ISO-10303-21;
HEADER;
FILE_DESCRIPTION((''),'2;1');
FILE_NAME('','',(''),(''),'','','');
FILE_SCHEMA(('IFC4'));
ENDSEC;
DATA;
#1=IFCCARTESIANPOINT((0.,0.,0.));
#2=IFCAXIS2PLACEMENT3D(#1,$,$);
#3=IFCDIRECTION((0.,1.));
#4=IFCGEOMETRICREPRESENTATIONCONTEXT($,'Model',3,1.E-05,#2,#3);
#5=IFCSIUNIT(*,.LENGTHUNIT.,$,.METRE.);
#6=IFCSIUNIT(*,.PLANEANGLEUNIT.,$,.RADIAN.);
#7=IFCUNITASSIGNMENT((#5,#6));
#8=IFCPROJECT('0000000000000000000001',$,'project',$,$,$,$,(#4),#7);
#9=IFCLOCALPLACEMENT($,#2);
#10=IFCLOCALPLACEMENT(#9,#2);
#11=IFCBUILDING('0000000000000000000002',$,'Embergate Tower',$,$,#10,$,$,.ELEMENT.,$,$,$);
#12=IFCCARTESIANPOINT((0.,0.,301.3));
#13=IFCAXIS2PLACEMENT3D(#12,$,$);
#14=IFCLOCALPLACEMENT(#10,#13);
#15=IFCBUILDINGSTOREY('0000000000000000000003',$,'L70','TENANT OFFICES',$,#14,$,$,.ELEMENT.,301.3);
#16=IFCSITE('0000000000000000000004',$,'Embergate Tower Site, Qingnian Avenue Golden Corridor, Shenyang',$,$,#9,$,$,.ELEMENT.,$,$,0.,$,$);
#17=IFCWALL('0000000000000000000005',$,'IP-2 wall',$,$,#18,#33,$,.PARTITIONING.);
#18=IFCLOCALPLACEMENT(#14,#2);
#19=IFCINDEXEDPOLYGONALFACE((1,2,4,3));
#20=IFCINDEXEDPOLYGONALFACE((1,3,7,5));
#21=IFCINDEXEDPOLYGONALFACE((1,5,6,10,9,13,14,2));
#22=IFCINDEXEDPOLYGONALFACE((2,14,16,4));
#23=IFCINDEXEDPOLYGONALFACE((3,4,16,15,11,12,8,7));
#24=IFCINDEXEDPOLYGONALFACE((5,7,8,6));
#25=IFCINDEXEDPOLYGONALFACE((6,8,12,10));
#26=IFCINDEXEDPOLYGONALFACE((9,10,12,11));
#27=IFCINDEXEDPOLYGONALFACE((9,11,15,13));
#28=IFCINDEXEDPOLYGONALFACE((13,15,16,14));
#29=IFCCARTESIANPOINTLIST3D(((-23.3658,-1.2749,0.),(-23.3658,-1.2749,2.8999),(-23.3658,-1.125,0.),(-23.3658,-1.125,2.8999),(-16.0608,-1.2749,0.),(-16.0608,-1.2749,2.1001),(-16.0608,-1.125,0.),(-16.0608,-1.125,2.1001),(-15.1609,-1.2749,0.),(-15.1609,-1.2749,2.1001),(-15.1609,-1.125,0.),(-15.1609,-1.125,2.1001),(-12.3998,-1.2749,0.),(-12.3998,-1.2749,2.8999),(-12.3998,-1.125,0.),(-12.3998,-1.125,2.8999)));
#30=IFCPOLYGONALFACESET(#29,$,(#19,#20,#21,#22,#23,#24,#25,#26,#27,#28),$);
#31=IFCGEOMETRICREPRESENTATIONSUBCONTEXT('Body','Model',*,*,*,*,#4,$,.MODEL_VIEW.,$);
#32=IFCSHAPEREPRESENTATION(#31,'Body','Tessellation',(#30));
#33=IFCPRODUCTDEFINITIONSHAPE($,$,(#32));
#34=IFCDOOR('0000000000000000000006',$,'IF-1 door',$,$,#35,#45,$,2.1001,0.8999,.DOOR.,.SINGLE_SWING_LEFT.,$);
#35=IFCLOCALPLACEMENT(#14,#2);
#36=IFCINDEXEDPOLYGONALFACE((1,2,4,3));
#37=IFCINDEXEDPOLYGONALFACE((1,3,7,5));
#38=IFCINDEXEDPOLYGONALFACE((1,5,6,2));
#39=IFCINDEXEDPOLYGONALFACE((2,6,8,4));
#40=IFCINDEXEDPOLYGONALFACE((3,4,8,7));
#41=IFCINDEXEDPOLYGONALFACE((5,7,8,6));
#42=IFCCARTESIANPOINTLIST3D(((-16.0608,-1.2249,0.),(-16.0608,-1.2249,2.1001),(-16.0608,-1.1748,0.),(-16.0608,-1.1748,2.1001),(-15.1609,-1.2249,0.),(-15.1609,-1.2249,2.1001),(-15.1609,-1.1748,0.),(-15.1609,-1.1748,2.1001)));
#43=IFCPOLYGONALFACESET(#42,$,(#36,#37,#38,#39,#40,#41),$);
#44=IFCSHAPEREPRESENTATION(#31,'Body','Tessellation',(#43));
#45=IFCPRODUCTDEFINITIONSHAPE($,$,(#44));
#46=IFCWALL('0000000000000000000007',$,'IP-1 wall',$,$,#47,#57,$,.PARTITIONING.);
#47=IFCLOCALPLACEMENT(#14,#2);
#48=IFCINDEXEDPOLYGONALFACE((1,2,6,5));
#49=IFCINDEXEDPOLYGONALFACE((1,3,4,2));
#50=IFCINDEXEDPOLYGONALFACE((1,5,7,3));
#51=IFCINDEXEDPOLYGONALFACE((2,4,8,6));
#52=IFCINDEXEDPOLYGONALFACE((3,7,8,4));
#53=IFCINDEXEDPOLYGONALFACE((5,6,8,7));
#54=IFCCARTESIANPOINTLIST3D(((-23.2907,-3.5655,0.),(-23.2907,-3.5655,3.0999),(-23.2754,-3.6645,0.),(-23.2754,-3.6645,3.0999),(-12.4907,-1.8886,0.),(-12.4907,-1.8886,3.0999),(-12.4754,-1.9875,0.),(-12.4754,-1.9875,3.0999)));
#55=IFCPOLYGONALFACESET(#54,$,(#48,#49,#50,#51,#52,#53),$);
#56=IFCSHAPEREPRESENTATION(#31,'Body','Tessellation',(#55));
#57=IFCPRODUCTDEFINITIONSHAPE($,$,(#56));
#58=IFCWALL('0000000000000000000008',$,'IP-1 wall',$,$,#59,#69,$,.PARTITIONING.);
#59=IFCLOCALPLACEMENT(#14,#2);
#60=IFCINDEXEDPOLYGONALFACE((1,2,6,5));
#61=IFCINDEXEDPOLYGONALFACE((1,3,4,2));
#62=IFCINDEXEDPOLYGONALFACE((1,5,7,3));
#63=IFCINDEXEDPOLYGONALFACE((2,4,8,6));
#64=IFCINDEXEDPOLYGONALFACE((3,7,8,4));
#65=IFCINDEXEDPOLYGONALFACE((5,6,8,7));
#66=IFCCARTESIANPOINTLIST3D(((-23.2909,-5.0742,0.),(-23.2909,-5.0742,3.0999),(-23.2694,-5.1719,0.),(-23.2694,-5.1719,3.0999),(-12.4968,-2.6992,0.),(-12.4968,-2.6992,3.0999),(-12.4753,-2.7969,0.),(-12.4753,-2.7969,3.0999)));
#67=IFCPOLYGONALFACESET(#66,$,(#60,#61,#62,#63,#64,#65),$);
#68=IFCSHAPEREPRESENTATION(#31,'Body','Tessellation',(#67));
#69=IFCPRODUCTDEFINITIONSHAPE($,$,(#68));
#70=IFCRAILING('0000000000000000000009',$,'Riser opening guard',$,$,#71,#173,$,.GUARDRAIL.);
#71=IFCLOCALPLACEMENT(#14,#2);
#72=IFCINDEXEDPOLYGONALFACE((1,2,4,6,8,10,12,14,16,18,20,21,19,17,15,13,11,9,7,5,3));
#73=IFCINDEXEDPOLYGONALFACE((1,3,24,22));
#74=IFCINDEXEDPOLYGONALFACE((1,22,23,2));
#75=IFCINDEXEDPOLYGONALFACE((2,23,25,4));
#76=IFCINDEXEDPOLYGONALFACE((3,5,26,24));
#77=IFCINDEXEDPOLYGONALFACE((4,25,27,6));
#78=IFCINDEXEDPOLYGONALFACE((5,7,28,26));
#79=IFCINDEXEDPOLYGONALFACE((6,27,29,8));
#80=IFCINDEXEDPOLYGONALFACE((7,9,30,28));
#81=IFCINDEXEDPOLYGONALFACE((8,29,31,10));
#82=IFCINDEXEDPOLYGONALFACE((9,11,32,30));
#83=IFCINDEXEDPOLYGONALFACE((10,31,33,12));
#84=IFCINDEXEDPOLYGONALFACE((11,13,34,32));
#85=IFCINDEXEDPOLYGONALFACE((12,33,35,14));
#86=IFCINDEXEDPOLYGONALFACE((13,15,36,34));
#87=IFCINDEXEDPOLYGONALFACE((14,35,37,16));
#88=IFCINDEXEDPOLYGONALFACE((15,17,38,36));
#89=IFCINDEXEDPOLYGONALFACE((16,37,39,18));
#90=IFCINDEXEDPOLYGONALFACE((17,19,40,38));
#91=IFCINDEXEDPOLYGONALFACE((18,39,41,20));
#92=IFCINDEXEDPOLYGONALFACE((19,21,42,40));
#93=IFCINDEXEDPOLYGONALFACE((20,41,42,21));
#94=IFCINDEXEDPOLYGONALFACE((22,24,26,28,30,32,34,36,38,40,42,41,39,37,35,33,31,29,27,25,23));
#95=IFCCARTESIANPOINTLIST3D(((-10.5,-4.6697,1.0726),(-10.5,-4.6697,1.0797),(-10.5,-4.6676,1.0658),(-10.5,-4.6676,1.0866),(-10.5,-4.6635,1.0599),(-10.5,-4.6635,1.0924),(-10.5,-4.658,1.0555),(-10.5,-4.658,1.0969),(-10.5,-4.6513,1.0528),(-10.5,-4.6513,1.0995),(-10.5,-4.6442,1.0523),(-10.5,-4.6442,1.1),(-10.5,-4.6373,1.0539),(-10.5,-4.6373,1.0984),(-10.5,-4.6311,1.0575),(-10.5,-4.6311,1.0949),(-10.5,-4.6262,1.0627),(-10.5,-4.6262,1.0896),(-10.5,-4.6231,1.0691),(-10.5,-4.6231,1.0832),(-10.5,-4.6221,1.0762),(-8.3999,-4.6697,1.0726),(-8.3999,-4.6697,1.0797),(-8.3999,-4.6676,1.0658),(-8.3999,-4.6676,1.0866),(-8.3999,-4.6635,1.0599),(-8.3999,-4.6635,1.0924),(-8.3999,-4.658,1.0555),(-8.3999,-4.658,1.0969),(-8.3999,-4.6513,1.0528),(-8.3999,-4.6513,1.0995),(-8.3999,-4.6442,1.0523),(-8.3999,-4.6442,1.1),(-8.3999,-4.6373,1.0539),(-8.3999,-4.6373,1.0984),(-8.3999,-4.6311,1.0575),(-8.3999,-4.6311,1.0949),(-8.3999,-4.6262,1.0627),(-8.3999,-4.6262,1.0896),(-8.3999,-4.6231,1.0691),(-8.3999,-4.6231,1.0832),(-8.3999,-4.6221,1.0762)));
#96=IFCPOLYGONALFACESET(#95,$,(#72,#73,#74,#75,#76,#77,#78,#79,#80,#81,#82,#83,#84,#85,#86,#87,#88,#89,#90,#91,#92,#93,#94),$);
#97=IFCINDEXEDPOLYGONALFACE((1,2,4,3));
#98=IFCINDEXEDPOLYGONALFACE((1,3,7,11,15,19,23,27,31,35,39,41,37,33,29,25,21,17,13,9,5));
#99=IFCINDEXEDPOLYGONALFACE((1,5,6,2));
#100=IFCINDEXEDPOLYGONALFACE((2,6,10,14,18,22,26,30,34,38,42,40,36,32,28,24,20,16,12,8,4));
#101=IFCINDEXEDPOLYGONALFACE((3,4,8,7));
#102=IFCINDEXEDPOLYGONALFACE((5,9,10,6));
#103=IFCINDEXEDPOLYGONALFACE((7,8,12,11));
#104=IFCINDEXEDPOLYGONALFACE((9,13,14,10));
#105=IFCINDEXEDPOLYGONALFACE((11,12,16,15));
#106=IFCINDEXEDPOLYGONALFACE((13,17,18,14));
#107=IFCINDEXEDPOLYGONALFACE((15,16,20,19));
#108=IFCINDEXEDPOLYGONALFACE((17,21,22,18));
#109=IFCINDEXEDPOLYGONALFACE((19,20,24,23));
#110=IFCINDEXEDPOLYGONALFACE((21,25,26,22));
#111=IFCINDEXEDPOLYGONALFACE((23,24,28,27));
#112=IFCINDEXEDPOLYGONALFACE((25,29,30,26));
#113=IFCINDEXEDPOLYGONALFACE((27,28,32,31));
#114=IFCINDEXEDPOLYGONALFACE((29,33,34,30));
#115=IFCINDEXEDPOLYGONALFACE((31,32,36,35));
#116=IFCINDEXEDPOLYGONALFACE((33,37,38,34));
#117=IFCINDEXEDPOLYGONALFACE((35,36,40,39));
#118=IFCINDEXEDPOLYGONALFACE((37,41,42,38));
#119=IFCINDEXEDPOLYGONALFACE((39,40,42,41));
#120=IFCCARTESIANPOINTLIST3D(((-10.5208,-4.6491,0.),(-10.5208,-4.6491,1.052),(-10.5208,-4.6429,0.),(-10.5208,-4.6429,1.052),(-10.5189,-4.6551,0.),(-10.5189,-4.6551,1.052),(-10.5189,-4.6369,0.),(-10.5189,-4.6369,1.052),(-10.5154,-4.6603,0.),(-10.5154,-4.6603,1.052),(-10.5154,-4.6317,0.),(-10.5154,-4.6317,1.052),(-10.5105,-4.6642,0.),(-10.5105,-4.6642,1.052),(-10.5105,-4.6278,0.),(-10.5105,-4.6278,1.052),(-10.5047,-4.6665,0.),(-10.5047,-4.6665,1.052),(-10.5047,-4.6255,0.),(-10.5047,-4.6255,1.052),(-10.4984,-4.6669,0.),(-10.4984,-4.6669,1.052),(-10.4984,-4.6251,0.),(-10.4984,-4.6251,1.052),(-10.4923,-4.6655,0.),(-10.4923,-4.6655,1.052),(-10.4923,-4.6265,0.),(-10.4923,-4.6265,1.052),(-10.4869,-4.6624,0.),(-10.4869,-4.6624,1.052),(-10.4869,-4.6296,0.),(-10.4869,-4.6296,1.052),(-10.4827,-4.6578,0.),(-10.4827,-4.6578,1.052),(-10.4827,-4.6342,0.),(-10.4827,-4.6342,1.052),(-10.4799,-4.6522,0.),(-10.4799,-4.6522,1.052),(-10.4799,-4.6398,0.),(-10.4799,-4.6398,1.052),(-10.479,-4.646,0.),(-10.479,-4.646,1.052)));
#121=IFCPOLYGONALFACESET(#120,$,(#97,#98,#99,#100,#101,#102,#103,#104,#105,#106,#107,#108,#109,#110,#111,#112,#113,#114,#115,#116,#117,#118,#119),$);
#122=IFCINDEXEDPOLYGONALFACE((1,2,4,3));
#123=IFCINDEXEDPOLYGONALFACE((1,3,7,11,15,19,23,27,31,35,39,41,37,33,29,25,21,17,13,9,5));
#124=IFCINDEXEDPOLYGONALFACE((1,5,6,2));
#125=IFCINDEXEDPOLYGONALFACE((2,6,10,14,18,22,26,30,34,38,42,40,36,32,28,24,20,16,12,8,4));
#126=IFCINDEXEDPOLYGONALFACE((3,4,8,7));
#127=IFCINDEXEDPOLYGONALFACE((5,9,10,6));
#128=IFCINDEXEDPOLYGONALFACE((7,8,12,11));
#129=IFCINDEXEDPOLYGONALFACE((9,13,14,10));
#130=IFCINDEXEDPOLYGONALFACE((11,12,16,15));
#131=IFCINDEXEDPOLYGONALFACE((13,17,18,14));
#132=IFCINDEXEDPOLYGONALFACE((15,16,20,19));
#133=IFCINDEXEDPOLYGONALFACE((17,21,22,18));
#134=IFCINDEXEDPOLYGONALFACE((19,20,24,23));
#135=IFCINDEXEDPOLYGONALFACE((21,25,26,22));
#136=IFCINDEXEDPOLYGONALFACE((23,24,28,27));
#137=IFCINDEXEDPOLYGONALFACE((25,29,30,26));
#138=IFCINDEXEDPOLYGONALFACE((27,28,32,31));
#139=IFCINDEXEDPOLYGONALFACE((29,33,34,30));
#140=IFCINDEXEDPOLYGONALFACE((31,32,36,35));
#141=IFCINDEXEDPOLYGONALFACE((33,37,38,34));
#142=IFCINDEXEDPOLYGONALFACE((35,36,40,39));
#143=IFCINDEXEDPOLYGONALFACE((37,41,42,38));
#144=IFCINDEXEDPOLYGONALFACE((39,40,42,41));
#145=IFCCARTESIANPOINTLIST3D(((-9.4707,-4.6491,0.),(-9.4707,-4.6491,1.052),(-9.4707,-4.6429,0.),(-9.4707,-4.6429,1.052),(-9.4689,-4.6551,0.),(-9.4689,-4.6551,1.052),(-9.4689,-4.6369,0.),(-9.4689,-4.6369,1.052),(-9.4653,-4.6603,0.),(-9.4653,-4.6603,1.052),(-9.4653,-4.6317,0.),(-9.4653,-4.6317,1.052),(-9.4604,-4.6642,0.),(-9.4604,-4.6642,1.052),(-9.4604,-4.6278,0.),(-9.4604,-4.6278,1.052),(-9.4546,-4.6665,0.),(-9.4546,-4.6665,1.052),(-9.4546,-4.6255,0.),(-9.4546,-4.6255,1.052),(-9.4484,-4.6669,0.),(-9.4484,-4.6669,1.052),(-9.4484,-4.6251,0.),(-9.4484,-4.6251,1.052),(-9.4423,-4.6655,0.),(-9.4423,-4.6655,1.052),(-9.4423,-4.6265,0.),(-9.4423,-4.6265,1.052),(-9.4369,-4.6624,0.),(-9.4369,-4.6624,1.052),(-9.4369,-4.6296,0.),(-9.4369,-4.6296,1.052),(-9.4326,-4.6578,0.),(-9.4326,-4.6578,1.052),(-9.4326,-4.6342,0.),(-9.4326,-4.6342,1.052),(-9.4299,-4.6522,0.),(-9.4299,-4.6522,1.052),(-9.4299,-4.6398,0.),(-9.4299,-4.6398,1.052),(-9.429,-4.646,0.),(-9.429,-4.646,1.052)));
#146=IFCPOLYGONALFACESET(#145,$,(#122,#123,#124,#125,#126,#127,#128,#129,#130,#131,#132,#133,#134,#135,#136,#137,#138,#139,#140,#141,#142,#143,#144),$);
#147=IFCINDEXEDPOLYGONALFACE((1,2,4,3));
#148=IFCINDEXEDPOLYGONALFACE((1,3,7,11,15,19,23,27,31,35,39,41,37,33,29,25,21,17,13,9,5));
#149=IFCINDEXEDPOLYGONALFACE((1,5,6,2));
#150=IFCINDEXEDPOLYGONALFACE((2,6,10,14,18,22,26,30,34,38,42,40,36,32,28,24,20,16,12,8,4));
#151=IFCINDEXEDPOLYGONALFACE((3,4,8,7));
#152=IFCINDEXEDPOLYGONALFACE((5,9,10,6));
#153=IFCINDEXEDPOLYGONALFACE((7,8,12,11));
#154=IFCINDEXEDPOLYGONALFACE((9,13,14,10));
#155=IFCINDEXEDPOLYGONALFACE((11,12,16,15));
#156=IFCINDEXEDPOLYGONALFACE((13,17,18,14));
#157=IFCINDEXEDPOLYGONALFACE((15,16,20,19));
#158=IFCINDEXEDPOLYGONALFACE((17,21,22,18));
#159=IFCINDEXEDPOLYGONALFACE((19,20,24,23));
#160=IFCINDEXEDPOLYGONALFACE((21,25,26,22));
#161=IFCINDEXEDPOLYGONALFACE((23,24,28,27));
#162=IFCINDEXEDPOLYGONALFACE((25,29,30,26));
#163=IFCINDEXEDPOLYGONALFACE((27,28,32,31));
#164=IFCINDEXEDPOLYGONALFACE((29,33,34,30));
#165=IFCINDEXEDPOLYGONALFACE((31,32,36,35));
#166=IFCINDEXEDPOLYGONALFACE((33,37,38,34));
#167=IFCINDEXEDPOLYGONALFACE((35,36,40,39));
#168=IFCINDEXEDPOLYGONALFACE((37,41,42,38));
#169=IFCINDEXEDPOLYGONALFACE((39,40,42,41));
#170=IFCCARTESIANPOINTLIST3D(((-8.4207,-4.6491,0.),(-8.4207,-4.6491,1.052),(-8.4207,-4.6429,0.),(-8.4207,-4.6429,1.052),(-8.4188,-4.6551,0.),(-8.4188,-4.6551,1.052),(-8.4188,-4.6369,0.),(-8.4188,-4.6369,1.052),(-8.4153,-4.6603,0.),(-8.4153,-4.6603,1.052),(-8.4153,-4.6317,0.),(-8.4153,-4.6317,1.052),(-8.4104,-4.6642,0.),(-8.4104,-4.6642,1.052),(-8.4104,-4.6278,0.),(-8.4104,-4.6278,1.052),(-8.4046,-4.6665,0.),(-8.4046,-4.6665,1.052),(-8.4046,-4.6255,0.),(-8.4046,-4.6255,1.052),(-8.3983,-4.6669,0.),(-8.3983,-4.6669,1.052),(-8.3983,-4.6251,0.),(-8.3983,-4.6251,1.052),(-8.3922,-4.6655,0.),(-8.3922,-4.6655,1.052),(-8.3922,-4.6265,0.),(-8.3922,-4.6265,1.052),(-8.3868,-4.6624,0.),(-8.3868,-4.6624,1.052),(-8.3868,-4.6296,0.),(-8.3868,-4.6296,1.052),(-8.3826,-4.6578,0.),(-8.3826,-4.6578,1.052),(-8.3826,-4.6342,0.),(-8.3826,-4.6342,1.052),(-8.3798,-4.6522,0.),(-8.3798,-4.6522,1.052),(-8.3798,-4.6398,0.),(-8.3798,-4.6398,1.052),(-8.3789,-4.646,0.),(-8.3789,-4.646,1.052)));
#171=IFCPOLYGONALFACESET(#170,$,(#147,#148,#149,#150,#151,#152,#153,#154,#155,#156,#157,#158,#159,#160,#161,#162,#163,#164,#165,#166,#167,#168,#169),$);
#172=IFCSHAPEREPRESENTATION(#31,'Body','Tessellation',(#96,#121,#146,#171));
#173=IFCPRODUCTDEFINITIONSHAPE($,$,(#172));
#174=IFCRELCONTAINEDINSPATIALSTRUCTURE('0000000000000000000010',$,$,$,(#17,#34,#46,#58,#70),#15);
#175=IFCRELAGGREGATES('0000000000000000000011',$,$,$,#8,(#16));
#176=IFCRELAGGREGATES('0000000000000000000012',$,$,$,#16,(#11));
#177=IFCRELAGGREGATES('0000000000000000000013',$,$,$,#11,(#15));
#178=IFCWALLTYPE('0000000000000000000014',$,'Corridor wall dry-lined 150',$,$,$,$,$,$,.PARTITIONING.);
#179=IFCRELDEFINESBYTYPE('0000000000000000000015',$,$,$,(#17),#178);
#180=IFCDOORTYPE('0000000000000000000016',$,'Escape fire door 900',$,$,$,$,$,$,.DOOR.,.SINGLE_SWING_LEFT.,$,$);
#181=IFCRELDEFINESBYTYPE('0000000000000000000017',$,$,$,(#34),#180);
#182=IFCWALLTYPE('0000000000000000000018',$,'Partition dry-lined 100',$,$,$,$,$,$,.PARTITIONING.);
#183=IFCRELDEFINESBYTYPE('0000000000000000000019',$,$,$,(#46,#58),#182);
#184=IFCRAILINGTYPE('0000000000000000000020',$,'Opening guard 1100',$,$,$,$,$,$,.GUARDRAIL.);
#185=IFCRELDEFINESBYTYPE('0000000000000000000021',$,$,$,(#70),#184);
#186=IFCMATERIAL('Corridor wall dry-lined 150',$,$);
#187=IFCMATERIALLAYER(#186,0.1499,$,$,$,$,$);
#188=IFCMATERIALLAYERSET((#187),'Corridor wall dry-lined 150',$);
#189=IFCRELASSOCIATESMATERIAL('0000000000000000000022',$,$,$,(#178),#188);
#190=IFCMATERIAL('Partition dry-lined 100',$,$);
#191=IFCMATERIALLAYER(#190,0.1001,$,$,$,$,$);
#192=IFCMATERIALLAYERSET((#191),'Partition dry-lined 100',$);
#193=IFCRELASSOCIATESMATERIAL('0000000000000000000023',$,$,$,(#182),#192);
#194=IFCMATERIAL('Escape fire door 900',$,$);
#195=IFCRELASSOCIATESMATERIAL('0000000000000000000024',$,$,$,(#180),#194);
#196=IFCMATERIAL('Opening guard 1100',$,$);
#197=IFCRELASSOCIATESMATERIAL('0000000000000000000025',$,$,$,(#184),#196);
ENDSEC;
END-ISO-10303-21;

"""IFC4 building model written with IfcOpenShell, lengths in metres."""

from ifc_helpers import new_model, si_unit, direction, frame, frame_2d, origin, origin_2d, place, context, subcontext, project, spatial, rectangle, circle, extrude, source, transform, mapped, material, layer, layer_set, type_object, element, fill, save


model = new_model("IFC4")

# Units and contexts
model_context = context("Model", 3, precision=1e-05, world=origin(), true_north=direction((0.0, 1.0)))
body_context = subcontext(model_context, "Body", "Model", "MODEL_VIEW")
ifc_project = project(units=[si_unit("LENGTHUNIT", "METRE"), si_unit("PLANEANGLEUNIT", "RADIAN")], contexts=[model_context])

# Site, building, storey
site_placement = place(None, origin())
site = spatial("IfcSite", under=ifc_project, at=site_placement, Name="Embergate Tower Site, Qingnian Avenue Golden Corridor, Shenyang", CompositionType="ELEMENT", RefElevation=0.0)
building_placement = place(site_placement, origin())
building = spatial("IfcBuilding", under=site, at=building_placement, Name="Embergate Tower", CompositionType="ELEMENT")
storey_placement = place(building_placement, frame((0.0, 0.0, 301.3)))
storey = spatial("IfcBuildingStorey", under=building, at=storey_placement, Name="L70", Description="TENANT OFFICES", CompositionType="ELEMENT", Elevation=301.3)

# Shared definitions
ifc_material_1 = material(Name="Corridor wall dry-lined 150")
ifc_layer_1 = layer(ifc_material_1, 0.1499)
ifc_layer_set_1 = layer_set([ifc_layer_1], Name="Corridor wall dry-lined 150")
wall_type_1 = type_object("IfcWallType", Name="Corridor wall dry-lined 150", PredefinedType="PARTITIONING", material=ifc_layer_set_1)
ifc_material_2 = material(Name="Partition dry-lined 100")
ifc_layer_2 = layer(ifc_material_2, 0.1001)
ifc_layer_set_2 = layer_set([ifc_layer_2], Name="Partition dry-lined 100")
wall_type_2 = type_object("IfcWallType", Name="Partition dry-lined 100", PredefinedType="PARTITIONING", material=ifc_layer_set_2)

# Wall, opening, door
shared_shape_1 = source(origin(), body_context, "Body", "SweptSolid", [
    extrude(rectangle(XDim=10.9661, YDim=0.1499, at=frame_2d((5.4829, 0.0))), origin(), (0.0, 0.0, 1.0), 2.8999),
])
wall_1_placement = place(storey_placement, frame((-12.3999, -1.2, 0.0), z_axis=(0.0, 0.0, 1.0), x_axis=(-1.0, 0.0, 0.0)))
wall_1 = element("IfcWall", 1, at=wall_1_placement, inside=storey, type_object=wall_type_1, Name="IP-2 wall", PredefinedType="PARTITIONING", context=body_context, shape_type="MappedRepresentation", body=[
    mapped(shared_shape_1, transform((0.0, 0.0, 0.0))),
])
shared_shape_2 = source(origin(), body_context, "Body", "SweptSolid", [
    extrude(rectangle(XDim=0.8999, YDim=2.1001, at=frame_2d((0.45, 1.05))), frame((0.0, 0.085, 0.0), z_axis=(0.0, -1.0, 0.0), x_axis=(1.0, 0.0, 0.0)), (0.0, 0.0, 1.0), 0.1699),
])
opening_1_placement = place(wall_1_placement, frame((2.761, 0.0, 0.0)))
opening_1 = element("IfcOpeningElement", 2, at=opening_1_placement, cuts=wall_1, PredefinedType="OPENING", context=body_context, shape_type="MappedRepresentation", body=[
    mapped(shared_shape_2, transform((0.0, 0.0, 0.0))),
])
ifc_material_3 = material(Name="Escape fire door 900")
door_type_1 = type_object("IfcDoorType", Name="Escape fire door 900", OperationType="SINGLE_SWING_LEFT", PredefinedType="DOOR", material=ifc_material_3)
shared_shape_3 = source(origin(), body_context, "Body", "SweptSolid", [
    extrude(rectangle(XDim=0.8999, YDim=2.1001, at=frame_2d((0.45, 1.05))), frame((0.0, 0.0249, 0.0), z_axis=(0.0, -1.0, 0.0), x_axis=(1.0, 0.0, 0.0)), (0.0, 0.0, 1.0), 0.05),
])
door_1_placement = place(opening_1_placement, origin())
door_1 = element("IfcDoor", 3, at=door_1_placement, inside=storey, type_object=door_type_1, Name="IF-1 door", OperationType="SINGLE_SWING_LEFT", OverallHeight=2.1001, OverallWidth=0.8999, PredefinedType="DOOR", context=body_context, shape_type="MappedRepresentation", body=[
    mapped(shared_shape_3, transform((0.0, 0.0, 0.0))),
])
fill(opening_1, door_1)

# Walls
shared_shape_4 = source(origin(), body_context, "Body", "SweptSolid", [
    extrude(rectangle(XDim=10.9294, YDim=0.1001, at=frame_2d((5.4648, 0.0))), origin(), (0.0, 0.0, 1.0), 3.0999),
])
wall_2_placement = place(storey_placement, frame((-12.4829, -1.938, 0.0), z_axis=(0.0, 0.0, 1.0), x_axis=(-0.988158, -0.153438, 0.0)))
element("IfcWall", 4, at=wall_2_placement, inside=storey, type_object=wall_type_2, Name="IP-1 wall", PredefinedType="PARTITIONING", context=body_context, shape_type="MappedRepresentation", body=[
    mapped(shared_shape_4, transform((0.0, 0.0, 0.0))),
])
shared_shape_5 = source(origin(), body_context, "Body", "SweptSolid", [
    extrude(rectangle(XDim=11.0522, YDim=0.1001, at=frame_2d((5.5261, 0.0))), origin(), (0.0, 0.0, 1.0), 3.0999),
])
wall_3_placement = place(storey_placement, frame((-12.4861, -2.748, 0.0), z_axis=(0.0, 0.0, 1.0), x_axis=(-0.976638, -0.21489, 0.0)))
element("IfcWall", 5, at=wall_3_placement, inside=storey, type_object=wall_type_2, Name="IP-1 wall", PredefinedType="PARTITIONING", context=body_context, shape_type="MappedRepresentation", body=[
    mapped(shared_shape_5, transform((0.0, 0.0, 0.0))),
])

# Railing
ifc_material_4 = material(Name="Opening guard 1100")
railing_type = type_object("IfcRailingType", Name="Opening guard 1100", PredefinedType="GUARDRAIL", material=ifc_material_4)
shared_shape_6 = source(origin(), body_context, "Body", "SweptSolid", [
    extrude(circle(Radius=0.0239, at=origin_2d()), frame((0.0, 0.0, 1.0762), z_axis=(1.0, 0.0, 0.0), x_axis=(0.0, 1.0, 0.0)), (0.0, 0.0, 1.0), 2.1001),
    extrude(circle(Radius=0.021, at=origin_2d()), origin(), (0.0, 0.0, 1.0), 1.052),
    extrude(circle(Radius=0.021, at=origin_2d()), frame((1.05, 0.0, 0.0)), (0.0, 0.0, 1.0), 1.052),
    extrude(circle(Radius=0.021, at=origin_2d()), frame((2.1001, 0.0, 0.0)), (0.0, 0.0, 1.0), 1.052),
])
railing_placement = place(storey_placement, frame((-10.5, -4.646, 0.0)))
element("IfcRailing", 6, at=railing_placement, inside=storey, type_object=railing_type, Name="Riser opening guard", PredefinedType="GUARDRAIL", context=body_context, shape_type="MappedRepresentation", body=[
    mapped(shared_shape_6, transform((0.0, 0.0, 0.0))),
])

save(model, "model.ifc")
